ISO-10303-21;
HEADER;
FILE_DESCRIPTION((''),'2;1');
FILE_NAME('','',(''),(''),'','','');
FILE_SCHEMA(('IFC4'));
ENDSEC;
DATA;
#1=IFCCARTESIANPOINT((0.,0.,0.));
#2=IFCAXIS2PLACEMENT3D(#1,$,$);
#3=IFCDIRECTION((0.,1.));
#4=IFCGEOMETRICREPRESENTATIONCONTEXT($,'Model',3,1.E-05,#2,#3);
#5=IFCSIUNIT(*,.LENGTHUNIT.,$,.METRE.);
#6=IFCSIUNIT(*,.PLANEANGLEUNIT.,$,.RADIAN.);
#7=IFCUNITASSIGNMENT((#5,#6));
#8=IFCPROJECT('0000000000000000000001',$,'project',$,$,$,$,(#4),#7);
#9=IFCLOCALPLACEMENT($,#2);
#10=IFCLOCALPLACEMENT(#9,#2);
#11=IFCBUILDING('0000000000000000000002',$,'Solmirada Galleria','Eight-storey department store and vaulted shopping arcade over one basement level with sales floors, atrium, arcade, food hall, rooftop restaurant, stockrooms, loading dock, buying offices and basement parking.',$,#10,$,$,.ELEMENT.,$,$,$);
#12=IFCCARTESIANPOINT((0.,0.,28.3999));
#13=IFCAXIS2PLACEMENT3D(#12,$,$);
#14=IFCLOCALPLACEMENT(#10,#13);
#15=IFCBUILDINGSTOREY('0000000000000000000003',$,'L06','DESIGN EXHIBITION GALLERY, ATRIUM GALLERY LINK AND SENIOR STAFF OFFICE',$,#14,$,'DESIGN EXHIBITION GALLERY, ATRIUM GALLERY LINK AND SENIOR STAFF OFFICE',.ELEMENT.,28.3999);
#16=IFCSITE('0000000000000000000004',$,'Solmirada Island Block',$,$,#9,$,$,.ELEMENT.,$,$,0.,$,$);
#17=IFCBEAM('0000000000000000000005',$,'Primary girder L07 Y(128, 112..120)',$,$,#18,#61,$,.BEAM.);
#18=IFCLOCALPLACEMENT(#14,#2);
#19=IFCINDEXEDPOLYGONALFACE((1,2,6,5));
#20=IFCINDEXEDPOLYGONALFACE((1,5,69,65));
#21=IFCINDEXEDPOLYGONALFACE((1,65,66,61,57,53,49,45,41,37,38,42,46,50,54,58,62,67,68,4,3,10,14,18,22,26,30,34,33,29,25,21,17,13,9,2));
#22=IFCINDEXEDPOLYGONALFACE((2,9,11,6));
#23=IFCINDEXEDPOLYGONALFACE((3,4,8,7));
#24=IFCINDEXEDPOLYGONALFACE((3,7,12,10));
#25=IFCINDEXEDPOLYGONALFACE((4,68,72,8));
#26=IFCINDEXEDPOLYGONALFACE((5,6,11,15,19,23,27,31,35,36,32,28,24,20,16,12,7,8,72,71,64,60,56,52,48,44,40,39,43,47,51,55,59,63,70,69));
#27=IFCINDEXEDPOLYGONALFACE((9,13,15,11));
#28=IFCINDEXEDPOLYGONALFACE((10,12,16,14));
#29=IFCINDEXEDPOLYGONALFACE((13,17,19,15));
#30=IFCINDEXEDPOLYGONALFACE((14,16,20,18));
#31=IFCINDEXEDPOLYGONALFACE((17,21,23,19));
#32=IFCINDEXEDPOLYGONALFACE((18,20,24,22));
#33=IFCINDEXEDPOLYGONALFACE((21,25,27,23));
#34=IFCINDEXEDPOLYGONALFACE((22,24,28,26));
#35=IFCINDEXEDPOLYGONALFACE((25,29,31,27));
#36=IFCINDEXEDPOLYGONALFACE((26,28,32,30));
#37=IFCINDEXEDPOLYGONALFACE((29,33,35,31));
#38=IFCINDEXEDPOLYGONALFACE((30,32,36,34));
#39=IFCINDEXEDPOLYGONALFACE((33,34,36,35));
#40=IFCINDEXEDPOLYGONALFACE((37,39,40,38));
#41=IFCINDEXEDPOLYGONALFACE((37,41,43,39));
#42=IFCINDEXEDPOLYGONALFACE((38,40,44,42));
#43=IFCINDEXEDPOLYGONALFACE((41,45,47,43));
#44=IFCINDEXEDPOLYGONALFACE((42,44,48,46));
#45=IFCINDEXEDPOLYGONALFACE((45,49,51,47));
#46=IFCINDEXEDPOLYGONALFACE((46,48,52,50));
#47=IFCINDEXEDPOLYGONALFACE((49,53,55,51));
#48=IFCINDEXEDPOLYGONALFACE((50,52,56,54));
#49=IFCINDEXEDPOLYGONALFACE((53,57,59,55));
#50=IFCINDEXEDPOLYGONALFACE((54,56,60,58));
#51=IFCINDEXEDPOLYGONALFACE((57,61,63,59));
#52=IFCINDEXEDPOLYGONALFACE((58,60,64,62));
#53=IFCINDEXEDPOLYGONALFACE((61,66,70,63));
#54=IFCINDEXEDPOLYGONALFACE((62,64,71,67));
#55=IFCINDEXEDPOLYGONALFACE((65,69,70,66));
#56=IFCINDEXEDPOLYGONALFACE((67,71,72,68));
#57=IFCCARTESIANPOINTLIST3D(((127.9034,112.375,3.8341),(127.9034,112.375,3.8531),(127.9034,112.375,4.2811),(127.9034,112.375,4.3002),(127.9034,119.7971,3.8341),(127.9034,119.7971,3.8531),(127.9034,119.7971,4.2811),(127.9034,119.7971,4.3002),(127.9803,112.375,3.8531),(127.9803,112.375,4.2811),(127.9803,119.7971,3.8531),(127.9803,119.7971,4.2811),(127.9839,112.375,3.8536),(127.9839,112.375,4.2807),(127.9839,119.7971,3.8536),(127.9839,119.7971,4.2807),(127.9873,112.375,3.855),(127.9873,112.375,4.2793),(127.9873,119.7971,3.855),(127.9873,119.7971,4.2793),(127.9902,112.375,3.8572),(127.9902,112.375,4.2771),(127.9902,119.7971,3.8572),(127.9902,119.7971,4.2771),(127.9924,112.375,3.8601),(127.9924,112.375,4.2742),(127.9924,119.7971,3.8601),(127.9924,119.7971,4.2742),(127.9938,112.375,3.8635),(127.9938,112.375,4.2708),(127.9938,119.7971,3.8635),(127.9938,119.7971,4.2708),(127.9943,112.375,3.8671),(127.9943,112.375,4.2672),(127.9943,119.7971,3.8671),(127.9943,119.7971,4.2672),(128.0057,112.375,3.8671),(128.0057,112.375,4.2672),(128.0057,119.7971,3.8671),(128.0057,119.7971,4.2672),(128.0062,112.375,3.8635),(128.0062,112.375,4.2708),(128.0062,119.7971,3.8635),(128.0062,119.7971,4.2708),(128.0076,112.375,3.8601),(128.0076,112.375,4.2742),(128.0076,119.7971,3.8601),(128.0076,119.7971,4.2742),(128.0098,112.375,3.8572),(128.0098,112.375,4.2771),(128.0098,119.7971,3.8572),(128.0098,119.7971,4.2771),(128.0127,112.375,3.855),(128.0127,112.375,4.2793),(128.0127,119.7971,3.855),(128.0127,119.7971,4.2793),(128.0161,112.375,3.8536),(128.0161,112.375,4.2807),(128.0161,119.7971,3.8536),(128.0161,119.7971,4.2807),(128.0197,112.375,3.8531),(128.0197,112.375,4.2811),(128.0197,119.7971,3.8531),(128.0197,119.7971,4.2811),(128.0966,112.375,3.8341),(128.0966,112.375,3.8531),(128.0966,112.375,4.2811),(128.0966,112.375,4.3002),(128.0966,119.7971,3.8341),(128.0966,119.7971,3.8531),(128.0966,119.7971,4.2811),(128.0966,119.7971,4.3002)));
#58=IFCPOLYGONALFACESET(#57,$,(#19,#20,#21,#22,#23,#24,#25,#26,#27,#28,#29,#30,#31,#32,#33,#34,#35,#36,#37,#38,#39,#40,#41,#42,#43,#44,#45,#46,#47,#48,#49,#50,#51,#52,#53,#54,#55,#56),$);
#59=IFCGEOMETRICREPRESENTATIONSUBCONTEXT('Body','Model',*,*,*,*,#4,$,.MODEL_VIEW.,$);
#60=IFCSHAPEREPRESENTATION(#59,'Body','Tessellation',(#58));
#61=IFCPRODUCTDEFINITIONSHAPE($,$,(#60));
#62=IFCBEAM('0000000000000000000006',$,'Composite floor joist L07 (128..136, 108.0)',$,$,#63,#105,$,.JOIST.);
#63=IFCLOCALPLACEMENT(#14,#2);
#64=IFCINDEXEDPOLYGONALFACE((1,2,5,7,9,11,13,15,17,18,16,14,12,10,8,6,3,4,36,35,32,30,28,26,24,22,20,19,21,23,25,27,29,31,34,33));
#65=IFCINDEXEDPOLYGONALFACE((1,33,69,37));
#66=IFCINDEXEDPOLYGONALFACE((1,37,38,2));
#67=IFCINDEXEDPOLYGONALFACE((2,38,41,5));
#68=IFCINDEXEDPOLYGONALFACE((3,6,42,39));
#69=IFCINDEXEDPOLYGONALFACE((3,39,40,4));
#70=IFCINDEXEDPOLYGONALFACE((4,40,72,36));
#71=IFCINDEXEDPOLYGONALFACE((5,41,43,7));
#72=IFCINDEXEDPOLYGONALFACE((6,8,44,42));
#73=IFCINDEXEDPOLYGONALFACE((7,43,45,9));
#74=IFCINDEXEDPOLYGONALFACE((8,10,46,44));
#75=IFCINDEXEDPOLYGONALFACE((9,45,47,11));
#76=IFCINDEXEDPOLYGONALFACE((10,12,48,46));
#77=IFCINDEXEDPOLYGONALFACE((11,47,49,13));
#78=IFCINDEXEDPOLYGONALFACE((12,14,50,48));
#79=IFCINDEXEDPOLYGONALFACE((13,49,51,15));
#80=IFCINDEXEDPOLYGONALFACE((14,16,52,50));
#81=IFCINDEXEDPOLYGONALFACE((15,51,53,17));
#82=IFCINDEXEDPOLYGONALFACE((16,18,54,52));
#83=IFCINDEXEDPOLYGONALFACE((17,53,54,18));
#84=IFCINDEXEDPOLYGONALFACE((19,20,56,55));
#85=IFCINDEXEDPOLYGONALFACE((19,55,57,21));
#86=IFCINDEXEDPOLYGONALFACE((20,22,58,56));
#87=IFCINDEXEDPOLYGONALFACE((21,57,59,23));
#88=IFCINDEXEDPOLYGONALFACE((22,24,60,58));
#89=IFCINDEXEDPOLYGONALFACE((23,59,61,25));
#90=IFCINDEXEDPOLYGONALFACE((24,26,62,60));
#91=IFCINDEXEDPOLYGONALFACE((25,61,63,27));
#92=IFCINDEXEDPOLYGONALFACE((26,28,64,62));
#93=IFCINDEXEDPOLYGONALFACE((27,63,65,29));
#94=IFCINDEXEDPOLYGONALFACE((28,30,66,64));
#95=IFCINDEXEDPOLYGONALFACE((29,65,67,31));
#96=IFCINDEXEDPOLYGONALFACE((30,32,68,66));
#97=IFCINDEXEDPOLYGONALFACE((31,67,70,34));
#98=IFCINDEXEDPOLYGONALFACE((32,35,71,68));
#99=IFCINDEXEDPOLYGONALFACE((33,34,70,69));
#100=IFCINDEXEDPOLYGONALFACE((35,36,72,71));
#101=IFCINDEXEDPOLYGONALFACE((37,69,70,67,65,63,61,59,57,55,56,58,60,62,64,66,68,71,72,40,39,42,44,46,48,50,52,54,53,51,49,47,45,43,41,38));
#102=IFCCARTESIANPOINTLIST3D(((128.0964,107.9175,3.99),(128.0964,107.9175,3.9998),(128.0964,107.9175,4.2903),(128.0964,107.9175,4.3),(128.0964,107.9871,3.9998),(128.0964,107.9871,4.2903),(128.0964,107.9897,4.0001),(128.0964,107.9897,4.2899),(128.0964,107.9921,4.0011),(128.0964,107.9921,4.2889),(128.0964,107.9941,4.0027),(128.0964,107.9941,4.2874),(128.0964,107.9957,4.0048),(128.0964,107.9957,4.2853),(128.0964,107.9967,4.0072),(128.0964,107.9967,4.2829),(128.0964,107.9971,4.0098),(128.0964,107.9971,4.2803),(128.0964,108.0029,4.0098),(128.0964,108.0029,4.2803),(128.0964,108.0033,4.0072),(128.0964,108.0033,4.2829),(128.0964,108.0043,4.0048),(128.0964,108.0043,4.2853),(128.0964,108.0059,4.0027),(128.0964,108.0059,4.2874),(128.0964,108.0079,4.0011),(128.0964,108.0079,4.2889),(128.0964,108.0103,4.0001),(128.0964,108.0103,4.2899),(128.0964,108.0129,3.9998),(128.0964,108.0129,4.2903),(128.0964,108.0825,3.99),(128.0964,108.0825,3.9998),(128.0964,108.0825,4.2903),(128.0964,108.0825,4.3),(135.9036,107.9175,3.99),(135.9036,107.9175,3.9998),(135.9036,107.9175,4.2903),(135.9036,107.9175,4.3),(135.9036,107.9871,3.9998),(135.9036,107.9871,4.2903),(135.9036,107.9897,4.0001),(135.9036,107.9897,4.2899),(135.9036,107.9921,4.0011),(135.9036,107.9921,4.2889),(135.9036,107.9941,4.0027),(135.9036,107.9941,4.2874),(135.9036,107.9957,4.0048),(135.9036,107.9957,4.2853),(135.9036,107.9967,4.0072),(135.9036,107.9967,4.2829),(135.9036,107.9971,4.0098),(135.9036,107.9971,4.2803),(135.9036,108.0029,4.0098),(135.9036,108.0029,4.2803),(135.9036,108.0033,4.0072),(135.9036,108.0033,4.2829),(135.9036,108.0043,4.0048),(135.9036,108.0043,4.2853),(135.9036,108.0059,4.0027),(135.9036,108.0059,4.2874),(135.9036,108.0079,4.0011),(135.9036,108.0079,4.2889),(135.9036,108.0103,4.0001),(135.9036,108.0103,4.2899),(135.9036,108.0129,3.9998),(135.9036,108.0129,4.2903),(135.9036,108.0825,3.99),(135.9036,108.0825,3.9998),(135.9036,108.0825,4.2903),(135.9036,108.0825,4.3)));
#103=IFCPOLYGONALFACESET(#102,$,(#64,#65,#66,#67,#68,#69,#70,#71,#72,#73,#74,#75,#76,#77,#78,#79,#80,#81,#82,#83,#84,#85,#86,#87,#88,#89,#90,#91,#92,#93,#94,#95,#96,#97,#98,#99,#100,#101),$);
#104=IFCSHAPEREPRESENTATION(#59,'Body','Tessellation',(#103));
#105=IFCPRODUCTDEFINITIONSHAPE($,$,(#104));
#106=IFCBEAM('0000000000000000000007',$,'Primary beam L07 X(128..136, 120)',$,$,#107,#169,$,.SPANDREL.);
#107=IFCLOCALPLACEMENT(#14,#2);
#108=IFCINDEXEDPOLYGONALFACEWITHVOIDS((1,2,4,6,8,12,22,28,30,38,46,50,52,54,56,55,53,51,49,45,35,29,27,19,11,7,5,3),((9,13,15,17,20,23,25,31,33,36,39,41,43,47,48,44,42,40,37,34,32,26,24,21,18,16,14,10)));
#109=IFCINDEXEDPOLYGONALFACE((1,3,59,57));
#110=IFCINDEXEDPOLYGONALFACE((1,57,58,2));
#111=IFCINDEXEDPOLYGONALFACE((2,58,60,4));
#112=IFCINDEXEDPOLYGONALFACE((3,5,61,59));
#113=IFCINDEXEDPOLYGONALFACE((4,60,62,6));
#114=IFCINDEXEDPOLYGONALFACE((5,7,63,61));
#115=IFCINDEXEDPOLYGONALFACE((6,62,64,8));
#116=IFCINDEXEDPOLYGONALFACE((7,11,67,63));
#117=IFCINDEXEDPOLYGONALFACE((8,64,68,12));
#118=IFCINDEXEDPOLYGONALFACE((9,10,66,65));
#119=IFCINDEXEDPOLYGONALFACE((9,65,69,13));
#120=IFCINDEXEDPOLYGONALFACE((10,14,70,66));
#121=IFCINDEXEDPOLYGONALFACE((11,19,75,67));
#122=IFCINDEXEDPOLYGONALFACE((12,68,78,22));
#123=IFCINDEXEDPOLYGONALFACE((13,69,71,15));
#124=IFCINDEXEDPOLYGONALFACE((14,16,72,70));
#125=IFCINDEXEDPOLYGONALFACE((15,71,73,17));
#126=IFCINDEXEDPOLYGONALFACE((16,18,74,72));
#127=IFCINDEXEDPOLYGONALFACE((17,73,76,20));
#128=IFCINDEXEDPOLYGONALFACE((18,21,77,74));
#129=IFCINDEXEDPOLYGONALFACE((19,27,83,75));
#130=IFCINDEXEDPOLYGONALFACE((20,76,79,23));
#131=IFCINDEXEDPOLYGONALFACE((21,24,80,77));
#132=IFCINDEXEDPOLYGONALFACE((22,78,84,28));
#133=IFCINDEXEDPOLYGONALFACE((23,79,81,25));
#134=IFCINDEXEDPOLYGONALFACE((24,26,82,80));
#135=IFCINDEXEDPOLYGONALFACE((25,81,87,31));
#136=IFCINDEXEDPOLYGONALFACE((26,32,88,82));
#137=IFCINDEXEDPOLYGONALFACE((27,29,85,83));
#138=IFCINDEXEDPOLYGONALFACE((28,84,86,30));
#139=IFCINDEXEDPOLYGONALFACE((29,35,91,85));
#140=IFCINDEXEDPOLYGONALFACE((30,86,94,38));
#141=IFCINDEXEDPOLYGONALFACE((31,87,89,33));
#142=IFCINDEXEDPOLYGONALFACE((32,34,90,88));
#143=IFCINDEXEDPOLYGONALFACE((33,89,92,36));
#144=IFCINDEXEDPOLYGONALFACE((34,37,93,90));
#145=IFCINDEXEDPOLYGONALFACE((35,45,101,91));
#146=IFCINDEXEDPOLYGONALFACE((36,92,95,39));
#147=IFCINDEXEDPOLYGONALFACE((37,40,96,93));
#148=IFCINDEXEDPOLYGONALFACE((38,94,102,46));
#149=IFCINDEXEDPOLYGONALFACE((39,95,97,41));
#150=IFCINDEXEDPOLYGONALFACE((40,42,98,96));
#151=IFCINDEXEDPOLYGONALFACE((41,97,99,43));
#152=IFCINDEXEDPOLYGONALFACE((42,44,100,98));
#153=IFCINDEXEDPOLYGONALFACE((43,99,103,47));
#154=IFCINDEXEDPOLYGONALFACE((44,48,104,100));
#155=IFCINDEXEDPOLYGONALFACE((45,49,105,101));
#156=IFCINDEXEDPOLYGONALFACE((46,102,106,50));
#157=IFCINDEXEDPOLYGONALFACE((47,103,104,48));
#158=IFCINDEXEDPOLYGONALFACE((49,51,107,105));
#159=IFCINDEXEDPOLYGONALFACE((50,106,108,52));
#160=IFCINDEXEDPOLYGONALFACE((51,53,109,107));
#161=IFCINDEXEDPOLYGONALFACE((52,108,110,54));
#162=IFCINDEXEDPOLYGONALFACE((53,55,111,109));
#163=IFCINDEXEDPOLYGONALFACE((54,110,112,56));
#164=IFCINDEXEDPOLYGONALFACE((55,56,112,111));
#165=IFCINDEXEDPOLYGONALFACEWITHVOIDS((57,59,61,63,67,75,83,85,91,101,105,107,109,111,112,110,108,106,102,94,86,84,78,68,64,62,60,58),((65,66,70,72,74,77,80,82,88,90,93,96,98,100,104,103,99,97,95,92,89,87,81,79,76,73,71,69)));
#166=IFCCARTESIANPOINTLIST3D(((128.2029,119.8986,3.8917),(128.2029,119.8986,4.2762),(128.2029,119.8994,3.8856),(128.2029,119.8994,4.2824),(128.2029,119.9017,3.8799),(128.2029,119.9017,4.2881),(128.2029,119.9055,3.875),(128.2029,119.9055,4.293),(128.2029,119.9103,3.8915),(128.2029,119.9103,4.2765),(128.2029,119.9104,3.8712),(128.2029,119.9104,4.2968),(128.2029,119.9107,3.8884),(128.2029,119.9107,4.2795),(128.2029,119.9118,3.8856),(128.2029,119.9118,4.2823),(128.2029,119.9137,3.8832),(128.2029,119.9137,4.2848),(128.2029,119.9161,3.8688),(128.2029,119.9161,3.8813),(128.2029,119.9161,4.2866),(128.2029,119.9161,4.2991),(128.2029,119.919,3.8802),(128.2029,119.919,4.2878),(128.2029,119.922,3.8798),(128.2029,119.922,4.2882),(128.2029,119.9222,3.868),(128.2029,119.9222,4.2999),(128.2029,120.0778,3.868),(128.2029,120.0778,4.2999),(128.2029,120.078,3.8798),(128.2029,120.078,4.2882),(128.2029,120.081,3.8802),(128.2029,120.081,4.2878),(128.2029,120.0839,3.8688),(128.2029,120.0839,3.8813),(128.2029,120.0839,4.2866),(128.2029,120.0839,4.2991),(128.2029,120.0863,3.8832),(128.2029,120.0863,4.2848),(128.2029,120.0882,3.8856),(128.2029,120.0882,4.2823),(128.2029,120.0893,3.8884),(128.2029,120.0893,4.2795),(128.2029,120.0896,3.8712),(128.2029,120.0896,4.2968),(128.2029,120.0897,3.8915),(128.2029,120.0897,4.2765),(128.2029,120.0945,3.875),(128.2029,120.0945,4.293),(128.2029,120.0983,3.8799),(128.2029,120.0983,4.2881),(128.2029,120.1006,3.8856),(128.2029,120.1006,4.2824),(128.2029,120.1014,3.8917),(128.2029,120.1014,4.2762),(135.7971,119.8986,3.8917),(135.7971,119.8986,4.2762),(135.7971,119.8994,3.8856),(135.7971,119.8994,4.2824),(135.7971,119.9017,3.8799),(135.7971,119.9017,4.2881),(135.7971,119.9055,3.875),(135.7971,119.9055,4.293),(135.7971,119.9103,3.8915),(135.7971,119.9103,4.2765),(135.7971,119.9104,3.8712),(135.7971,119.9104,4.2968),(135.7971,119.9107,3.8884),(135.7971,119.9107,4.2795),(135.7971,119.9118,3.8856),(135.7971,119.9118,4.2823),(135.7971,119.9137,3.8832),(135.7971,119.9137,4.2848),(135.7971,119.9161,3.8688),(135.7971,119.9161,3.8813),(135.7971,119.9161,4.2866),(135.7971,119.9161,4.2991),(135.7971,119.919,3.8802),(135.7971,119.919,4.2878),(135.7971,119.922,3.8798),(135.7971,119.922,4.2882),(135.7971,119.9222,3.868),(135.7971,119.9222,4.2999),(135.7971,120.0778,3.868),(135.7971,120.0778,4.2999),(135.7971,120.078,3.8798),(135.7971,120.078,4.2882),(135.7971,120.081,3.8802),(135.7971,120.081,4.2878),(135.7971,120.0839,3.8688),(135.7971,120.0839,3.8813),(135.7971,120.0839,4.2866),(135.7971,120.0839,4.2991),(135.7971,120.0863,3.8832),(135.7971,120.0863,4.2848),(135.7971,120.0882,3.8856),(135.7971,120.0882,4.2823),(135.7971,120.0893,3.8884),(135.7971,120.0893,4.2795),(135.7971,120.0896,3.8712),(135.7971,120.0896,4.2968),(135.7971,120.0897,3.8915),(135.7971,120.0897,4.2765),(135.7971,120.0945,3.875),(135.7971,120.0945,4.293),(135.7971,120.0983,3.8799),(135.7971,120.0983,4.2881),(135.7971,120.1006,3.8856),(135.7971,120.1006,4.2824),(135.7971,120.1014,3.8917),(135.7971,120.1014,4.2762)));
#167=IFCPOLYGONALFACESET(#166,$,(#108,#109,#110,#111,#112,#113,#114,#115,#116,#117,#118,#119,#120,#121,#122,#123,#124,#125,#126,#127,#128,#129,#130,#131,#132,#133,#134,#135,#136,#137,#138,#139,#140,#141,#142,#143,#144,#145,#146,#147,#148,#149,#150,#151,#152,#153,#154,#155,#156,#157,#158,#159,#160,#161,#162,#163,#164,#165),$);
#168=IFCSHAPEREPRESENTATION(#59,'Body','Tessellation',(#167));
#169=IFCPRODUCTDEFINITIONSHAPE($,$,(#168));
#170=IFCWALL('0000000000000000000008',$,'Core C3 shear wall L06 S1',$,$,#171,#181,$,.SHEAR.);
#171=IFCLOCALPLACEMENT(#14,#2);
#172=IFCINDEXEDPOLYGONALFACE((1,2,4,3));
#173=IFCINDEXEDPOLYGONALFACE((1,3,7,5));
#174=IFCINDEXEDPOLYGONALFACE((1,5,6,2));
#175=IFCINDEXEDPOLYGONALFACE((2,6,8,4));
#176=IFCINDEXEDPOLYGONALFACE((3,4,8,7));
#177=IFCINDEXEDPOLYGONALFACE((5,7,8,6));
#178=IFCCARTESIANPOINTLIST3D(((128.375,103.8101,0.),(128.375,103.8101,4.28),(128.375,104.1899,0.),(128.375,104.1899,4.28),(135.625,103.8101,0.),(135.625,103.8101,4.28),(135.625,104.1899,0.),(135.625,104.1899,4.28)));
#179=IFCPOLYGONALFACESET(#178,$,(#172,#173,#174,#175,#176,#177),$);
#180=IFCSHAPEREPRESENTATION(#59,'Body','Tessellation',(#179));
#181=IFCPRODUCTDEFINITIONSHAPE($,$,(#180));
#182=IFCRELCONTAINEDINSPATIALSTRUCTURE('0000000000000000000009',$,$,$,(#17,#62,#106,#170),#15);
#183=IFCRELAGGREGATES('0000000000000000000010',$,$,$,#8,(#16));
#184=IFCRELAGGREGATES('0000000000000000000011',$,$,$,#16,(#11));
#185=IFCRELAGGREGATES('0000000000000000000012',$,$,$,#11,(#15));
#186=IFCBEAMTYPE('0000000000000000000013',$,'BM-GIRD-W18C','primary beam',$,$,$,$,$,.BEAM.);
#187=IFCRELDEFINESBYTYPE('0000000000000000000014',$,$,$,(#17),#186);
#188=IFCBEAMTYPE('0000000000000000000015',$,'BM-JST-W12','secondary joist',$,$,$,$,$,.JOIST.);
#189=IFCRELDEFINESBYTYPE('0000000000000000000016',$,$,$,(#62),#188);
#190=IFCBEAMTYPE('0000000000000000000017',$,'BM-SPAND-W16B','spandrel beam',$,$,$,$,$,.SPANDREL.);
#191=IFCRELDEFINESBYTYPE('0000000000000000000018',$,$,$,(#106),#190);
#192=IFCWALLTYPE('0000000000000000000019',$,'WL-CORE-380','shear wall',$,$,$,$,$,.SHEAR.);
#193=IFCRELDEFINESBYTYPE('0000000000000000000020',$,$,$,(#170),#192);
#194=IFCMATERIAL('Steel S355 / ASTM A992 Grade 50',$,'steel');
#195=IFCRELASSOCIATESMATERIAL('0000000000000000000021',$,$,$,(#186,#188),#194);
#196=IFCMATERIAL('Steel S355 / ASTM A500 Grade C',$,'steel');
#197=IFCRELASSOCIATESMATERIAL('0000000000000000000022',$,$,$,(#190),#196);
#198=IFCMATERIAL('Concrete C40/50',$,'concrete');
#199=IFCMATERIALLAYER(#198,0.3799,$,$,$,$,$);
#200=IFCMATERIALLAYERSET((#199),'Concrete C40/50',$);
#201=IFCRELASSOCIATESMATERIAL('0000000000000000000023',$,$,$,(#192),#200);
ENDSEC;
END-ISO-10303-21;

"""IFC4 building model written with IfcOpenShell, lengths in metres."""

from ifc_helpers import new_model, si_unit, direction, frame, frame_2d, origin, origin_2d, place, context, subcontext, project, spatial, rectangle, hollow_rectangle, i_section, extrude, material, layer, layer_set, material_profile, profile_set, type_object, element, save


model = new_model("IFC4")

# Units and contexts
model_context = context("Model", 3, precision=1e-05, world=origin(), true_north=direction((0.0, 1.0)))
body_context = subcontext(model_context, "Body", "Model", "MODEL_VIEW")
ifc_project = project(units=[si_unit("LENGTHUNIT", "METRE"), si_unit("PLANEANGLEUNIT", "RADIAN")], contexts=[model_context])

# Site, building, storey
site_placement = place(None, origin())
site = spatial("IfcSite", under=ifc_project, at=site_placement, Name="Solmirada Island Block", CompositionType="ELEMENT", RefElevation=0.0)
building_placement = place(site_placement, origin())
building = spatial("IfcBuilding", under=site, at=building_placement, Name="Solmirada Galleria", Description="Eight-storey department store and vaulted shopping arcade over one basement level with sales floors, atrium, arcade, food hall, rooftop restaurant, stockrooms, loading dock, buying offices and basement parking.", CompositionType="ELEMENT")
storey_placement = place(building_placement, frame((0.0, 0.0, 28.3999)))
storey = spatial("IfcBuildingStorey", under=building, at=storey_placement, Name="L06", Description="DESIGN EXHIBITION GALLERY, ATRIUM GALLERY LINK AND SENIOR STAFF OFFICE", LongName="DESIGN EXHIBITION GALLERY, ATRIUM GALLERY LINK AND SENIOR STAFF OFFICE", CompositionType="ELEMENT", Elevation=28.3999)

# Shared definitions
ifc_material_1 = material(Name="Steel S355 / ASTM A500 Grade C", Category="steel")
ifc_material_2 = material(Name="Concrete C40/50", Category="concrete")

# Beams
ifc_material_3 = material(Name="Steel S355 / ASTM A992 Grade 50", Category="steel")
ifc_material_profile_1 = material_profile(ifc_material_3, i_section(OverallWidth=0.1931, OverallDepth=0.4661, WebThickness=0.0115, FlangeThickness=0.019, FilletRadius=0.0139, at=origin_2d()), Name="W18X65")
ifc_profile_set_1 = profile_set([ifc_material_profile_1], Name="Steel S355 / ASTM A992 Grade 50")
beam_type_1 = type_object("IfcBeamType", Name="BM-GIRD-W18C", Description="primary beam", PredefinedType="BEAM", material=ifc_profile_set_1)
beam_1_placement = place(storey_placement, frame((128.0, 112.375, 4.0671), z_axis=(0.0, 1.0, 0.0), x_axis=(-1.0, 0.0, 0.0)))
element("IfcBeam", 1, at=beam_1_placement, inside=storey, type_object=beam_type_1, Name="Primary girder L07 Y(128, 112..120)", PredefinedType="BEAM", context=body_context, shape_type="SweptSolid", body=[
    extrude(i_section(OverallWidth=0.1931, OverallDepth=0.4661, WebThickness=0.0115, FlangeThickness=0.019, FilletRadius=0.0139, at=origin_2d()), origin(), (0.0, 0.0, 1.0), 7.4221),
])
ifc_material_profile_2 = material_profile(ifc_material_3, i_section(OverallWidth=0.165, OverallDepth=0.3101, WebThickness=0.0059, FlangeThickness=0.0098, FilletRadius=0.01, at=origin_2d()), Name="W12X26")
ifc_profile_set_2 = profile_set([ifc_material_profile_2], Name="Steel S355 / ASTM A992 Grade 50")
beam_type_2 = type_object("IfcBeamType", Name="BM-JST-W12", Description="secondary joist", PredefinedType="JOIST", material=ifc_profile_set_2)
beam_2_placement = place(storey_placement, frame((128.0964, 108.0, 4.145), z_axis=(1.0, 0.0, 0.0), x_axis=(0.0, 1.0, 0.0)))
element("IfcBeam", 2, at=beam_2_placement, inside=storey, type_object=beam_type_2, Name="Composite floor joist L07 (128..136, 108.0)", PredefinedType="JOIST", context=body_context, shape_type="SweptSolid", body=[
    extrude(i_section(OverallWidth=0.165, OverallDepth=0.3101, WebThickness=0.0059, FlangeThickness=0.0098, FilletRadius=0.01, at=origin_2d()), origin(), (0.0, 0.0, 1.0), 7.8071),
])
ifc_material_profile_3 = material_profile(ifc_material_1, hollow_rectangle(XDim=0.2029, YDim=0.4319, WallThickness=0.0117, InnerFilletRadius=0.0117, OuterFilletRadius=0.0237, at=origin_2d()), Name="HSS17X8X1/2")
ifc_profile_set_3 = profile_set([ifc_material_profile_3], Name="Steel S355 / ASTM A500 Grade C")
beam_type_3 = type_object("IfcBeamType", Name="BM-SPAND-W16B", Description="spandrel beam", PredefinedType="SPANDREL", material=ifc_profile_set_3)
beam_3_placement = place(storey_placement, frame((128.2029, 120.0, 4.084), z_axis=(1.0, 0.0, 0.0), x_axis=(0.0, 1.0, 0.0)))
element("IfcBeam", 3, at=beam_3_placement, inside=storey, type_object=beam_type_3, Name="Primary beam L07 X(128..136, 120)", PredefinedType="SPANDREL", context=body_context, shape_type="SweptSolid", body=[
    extrude(hollow_rectangle(XDim=0.2029, YDim=0.4319, WallThickness=0.0117, InnerFilletRadius=0.0117, OuterFilletRadius=0.0237, at=origin_2d()), origin(), (0.0, 0.0, 1.0), 7.5942),
])

# Wall
ifc_layer_1 = layer(ifc_material_2, 0.3799)
ifc_layer_set_1 = layer_set([ifc_layer_1], Name="Concrete C40/50")
wall_type_1 = type_object("IfcWallType", Name="WL-CORE-380", Description="shear wall", PredefinedType="SHEAR", material=ifc_layer_set_1)
wall_1_placement = place(storey_placement, frame((128.375, 104.0, 0.0), z_axis=(0.0, 0.0, 1.0), x_axis=(1.0, 0.0, 0.0)))
element("IfcWall", 4, at=wall_1_placement, inside=storey, type_object=wall_type_1, Name="Core C3 shear wall L06 S1", PredefinedType="SHEAR", context=body_context, shape_type="SweptSolid", body=[
    extrude(rectangle(XDim=7.25, YDim=0.3799, at=frame_2d((3.625, 0.0))), origin(), (0.0, 0.0, 1.0), 4.28),
])

save(model, "model.ifc")
